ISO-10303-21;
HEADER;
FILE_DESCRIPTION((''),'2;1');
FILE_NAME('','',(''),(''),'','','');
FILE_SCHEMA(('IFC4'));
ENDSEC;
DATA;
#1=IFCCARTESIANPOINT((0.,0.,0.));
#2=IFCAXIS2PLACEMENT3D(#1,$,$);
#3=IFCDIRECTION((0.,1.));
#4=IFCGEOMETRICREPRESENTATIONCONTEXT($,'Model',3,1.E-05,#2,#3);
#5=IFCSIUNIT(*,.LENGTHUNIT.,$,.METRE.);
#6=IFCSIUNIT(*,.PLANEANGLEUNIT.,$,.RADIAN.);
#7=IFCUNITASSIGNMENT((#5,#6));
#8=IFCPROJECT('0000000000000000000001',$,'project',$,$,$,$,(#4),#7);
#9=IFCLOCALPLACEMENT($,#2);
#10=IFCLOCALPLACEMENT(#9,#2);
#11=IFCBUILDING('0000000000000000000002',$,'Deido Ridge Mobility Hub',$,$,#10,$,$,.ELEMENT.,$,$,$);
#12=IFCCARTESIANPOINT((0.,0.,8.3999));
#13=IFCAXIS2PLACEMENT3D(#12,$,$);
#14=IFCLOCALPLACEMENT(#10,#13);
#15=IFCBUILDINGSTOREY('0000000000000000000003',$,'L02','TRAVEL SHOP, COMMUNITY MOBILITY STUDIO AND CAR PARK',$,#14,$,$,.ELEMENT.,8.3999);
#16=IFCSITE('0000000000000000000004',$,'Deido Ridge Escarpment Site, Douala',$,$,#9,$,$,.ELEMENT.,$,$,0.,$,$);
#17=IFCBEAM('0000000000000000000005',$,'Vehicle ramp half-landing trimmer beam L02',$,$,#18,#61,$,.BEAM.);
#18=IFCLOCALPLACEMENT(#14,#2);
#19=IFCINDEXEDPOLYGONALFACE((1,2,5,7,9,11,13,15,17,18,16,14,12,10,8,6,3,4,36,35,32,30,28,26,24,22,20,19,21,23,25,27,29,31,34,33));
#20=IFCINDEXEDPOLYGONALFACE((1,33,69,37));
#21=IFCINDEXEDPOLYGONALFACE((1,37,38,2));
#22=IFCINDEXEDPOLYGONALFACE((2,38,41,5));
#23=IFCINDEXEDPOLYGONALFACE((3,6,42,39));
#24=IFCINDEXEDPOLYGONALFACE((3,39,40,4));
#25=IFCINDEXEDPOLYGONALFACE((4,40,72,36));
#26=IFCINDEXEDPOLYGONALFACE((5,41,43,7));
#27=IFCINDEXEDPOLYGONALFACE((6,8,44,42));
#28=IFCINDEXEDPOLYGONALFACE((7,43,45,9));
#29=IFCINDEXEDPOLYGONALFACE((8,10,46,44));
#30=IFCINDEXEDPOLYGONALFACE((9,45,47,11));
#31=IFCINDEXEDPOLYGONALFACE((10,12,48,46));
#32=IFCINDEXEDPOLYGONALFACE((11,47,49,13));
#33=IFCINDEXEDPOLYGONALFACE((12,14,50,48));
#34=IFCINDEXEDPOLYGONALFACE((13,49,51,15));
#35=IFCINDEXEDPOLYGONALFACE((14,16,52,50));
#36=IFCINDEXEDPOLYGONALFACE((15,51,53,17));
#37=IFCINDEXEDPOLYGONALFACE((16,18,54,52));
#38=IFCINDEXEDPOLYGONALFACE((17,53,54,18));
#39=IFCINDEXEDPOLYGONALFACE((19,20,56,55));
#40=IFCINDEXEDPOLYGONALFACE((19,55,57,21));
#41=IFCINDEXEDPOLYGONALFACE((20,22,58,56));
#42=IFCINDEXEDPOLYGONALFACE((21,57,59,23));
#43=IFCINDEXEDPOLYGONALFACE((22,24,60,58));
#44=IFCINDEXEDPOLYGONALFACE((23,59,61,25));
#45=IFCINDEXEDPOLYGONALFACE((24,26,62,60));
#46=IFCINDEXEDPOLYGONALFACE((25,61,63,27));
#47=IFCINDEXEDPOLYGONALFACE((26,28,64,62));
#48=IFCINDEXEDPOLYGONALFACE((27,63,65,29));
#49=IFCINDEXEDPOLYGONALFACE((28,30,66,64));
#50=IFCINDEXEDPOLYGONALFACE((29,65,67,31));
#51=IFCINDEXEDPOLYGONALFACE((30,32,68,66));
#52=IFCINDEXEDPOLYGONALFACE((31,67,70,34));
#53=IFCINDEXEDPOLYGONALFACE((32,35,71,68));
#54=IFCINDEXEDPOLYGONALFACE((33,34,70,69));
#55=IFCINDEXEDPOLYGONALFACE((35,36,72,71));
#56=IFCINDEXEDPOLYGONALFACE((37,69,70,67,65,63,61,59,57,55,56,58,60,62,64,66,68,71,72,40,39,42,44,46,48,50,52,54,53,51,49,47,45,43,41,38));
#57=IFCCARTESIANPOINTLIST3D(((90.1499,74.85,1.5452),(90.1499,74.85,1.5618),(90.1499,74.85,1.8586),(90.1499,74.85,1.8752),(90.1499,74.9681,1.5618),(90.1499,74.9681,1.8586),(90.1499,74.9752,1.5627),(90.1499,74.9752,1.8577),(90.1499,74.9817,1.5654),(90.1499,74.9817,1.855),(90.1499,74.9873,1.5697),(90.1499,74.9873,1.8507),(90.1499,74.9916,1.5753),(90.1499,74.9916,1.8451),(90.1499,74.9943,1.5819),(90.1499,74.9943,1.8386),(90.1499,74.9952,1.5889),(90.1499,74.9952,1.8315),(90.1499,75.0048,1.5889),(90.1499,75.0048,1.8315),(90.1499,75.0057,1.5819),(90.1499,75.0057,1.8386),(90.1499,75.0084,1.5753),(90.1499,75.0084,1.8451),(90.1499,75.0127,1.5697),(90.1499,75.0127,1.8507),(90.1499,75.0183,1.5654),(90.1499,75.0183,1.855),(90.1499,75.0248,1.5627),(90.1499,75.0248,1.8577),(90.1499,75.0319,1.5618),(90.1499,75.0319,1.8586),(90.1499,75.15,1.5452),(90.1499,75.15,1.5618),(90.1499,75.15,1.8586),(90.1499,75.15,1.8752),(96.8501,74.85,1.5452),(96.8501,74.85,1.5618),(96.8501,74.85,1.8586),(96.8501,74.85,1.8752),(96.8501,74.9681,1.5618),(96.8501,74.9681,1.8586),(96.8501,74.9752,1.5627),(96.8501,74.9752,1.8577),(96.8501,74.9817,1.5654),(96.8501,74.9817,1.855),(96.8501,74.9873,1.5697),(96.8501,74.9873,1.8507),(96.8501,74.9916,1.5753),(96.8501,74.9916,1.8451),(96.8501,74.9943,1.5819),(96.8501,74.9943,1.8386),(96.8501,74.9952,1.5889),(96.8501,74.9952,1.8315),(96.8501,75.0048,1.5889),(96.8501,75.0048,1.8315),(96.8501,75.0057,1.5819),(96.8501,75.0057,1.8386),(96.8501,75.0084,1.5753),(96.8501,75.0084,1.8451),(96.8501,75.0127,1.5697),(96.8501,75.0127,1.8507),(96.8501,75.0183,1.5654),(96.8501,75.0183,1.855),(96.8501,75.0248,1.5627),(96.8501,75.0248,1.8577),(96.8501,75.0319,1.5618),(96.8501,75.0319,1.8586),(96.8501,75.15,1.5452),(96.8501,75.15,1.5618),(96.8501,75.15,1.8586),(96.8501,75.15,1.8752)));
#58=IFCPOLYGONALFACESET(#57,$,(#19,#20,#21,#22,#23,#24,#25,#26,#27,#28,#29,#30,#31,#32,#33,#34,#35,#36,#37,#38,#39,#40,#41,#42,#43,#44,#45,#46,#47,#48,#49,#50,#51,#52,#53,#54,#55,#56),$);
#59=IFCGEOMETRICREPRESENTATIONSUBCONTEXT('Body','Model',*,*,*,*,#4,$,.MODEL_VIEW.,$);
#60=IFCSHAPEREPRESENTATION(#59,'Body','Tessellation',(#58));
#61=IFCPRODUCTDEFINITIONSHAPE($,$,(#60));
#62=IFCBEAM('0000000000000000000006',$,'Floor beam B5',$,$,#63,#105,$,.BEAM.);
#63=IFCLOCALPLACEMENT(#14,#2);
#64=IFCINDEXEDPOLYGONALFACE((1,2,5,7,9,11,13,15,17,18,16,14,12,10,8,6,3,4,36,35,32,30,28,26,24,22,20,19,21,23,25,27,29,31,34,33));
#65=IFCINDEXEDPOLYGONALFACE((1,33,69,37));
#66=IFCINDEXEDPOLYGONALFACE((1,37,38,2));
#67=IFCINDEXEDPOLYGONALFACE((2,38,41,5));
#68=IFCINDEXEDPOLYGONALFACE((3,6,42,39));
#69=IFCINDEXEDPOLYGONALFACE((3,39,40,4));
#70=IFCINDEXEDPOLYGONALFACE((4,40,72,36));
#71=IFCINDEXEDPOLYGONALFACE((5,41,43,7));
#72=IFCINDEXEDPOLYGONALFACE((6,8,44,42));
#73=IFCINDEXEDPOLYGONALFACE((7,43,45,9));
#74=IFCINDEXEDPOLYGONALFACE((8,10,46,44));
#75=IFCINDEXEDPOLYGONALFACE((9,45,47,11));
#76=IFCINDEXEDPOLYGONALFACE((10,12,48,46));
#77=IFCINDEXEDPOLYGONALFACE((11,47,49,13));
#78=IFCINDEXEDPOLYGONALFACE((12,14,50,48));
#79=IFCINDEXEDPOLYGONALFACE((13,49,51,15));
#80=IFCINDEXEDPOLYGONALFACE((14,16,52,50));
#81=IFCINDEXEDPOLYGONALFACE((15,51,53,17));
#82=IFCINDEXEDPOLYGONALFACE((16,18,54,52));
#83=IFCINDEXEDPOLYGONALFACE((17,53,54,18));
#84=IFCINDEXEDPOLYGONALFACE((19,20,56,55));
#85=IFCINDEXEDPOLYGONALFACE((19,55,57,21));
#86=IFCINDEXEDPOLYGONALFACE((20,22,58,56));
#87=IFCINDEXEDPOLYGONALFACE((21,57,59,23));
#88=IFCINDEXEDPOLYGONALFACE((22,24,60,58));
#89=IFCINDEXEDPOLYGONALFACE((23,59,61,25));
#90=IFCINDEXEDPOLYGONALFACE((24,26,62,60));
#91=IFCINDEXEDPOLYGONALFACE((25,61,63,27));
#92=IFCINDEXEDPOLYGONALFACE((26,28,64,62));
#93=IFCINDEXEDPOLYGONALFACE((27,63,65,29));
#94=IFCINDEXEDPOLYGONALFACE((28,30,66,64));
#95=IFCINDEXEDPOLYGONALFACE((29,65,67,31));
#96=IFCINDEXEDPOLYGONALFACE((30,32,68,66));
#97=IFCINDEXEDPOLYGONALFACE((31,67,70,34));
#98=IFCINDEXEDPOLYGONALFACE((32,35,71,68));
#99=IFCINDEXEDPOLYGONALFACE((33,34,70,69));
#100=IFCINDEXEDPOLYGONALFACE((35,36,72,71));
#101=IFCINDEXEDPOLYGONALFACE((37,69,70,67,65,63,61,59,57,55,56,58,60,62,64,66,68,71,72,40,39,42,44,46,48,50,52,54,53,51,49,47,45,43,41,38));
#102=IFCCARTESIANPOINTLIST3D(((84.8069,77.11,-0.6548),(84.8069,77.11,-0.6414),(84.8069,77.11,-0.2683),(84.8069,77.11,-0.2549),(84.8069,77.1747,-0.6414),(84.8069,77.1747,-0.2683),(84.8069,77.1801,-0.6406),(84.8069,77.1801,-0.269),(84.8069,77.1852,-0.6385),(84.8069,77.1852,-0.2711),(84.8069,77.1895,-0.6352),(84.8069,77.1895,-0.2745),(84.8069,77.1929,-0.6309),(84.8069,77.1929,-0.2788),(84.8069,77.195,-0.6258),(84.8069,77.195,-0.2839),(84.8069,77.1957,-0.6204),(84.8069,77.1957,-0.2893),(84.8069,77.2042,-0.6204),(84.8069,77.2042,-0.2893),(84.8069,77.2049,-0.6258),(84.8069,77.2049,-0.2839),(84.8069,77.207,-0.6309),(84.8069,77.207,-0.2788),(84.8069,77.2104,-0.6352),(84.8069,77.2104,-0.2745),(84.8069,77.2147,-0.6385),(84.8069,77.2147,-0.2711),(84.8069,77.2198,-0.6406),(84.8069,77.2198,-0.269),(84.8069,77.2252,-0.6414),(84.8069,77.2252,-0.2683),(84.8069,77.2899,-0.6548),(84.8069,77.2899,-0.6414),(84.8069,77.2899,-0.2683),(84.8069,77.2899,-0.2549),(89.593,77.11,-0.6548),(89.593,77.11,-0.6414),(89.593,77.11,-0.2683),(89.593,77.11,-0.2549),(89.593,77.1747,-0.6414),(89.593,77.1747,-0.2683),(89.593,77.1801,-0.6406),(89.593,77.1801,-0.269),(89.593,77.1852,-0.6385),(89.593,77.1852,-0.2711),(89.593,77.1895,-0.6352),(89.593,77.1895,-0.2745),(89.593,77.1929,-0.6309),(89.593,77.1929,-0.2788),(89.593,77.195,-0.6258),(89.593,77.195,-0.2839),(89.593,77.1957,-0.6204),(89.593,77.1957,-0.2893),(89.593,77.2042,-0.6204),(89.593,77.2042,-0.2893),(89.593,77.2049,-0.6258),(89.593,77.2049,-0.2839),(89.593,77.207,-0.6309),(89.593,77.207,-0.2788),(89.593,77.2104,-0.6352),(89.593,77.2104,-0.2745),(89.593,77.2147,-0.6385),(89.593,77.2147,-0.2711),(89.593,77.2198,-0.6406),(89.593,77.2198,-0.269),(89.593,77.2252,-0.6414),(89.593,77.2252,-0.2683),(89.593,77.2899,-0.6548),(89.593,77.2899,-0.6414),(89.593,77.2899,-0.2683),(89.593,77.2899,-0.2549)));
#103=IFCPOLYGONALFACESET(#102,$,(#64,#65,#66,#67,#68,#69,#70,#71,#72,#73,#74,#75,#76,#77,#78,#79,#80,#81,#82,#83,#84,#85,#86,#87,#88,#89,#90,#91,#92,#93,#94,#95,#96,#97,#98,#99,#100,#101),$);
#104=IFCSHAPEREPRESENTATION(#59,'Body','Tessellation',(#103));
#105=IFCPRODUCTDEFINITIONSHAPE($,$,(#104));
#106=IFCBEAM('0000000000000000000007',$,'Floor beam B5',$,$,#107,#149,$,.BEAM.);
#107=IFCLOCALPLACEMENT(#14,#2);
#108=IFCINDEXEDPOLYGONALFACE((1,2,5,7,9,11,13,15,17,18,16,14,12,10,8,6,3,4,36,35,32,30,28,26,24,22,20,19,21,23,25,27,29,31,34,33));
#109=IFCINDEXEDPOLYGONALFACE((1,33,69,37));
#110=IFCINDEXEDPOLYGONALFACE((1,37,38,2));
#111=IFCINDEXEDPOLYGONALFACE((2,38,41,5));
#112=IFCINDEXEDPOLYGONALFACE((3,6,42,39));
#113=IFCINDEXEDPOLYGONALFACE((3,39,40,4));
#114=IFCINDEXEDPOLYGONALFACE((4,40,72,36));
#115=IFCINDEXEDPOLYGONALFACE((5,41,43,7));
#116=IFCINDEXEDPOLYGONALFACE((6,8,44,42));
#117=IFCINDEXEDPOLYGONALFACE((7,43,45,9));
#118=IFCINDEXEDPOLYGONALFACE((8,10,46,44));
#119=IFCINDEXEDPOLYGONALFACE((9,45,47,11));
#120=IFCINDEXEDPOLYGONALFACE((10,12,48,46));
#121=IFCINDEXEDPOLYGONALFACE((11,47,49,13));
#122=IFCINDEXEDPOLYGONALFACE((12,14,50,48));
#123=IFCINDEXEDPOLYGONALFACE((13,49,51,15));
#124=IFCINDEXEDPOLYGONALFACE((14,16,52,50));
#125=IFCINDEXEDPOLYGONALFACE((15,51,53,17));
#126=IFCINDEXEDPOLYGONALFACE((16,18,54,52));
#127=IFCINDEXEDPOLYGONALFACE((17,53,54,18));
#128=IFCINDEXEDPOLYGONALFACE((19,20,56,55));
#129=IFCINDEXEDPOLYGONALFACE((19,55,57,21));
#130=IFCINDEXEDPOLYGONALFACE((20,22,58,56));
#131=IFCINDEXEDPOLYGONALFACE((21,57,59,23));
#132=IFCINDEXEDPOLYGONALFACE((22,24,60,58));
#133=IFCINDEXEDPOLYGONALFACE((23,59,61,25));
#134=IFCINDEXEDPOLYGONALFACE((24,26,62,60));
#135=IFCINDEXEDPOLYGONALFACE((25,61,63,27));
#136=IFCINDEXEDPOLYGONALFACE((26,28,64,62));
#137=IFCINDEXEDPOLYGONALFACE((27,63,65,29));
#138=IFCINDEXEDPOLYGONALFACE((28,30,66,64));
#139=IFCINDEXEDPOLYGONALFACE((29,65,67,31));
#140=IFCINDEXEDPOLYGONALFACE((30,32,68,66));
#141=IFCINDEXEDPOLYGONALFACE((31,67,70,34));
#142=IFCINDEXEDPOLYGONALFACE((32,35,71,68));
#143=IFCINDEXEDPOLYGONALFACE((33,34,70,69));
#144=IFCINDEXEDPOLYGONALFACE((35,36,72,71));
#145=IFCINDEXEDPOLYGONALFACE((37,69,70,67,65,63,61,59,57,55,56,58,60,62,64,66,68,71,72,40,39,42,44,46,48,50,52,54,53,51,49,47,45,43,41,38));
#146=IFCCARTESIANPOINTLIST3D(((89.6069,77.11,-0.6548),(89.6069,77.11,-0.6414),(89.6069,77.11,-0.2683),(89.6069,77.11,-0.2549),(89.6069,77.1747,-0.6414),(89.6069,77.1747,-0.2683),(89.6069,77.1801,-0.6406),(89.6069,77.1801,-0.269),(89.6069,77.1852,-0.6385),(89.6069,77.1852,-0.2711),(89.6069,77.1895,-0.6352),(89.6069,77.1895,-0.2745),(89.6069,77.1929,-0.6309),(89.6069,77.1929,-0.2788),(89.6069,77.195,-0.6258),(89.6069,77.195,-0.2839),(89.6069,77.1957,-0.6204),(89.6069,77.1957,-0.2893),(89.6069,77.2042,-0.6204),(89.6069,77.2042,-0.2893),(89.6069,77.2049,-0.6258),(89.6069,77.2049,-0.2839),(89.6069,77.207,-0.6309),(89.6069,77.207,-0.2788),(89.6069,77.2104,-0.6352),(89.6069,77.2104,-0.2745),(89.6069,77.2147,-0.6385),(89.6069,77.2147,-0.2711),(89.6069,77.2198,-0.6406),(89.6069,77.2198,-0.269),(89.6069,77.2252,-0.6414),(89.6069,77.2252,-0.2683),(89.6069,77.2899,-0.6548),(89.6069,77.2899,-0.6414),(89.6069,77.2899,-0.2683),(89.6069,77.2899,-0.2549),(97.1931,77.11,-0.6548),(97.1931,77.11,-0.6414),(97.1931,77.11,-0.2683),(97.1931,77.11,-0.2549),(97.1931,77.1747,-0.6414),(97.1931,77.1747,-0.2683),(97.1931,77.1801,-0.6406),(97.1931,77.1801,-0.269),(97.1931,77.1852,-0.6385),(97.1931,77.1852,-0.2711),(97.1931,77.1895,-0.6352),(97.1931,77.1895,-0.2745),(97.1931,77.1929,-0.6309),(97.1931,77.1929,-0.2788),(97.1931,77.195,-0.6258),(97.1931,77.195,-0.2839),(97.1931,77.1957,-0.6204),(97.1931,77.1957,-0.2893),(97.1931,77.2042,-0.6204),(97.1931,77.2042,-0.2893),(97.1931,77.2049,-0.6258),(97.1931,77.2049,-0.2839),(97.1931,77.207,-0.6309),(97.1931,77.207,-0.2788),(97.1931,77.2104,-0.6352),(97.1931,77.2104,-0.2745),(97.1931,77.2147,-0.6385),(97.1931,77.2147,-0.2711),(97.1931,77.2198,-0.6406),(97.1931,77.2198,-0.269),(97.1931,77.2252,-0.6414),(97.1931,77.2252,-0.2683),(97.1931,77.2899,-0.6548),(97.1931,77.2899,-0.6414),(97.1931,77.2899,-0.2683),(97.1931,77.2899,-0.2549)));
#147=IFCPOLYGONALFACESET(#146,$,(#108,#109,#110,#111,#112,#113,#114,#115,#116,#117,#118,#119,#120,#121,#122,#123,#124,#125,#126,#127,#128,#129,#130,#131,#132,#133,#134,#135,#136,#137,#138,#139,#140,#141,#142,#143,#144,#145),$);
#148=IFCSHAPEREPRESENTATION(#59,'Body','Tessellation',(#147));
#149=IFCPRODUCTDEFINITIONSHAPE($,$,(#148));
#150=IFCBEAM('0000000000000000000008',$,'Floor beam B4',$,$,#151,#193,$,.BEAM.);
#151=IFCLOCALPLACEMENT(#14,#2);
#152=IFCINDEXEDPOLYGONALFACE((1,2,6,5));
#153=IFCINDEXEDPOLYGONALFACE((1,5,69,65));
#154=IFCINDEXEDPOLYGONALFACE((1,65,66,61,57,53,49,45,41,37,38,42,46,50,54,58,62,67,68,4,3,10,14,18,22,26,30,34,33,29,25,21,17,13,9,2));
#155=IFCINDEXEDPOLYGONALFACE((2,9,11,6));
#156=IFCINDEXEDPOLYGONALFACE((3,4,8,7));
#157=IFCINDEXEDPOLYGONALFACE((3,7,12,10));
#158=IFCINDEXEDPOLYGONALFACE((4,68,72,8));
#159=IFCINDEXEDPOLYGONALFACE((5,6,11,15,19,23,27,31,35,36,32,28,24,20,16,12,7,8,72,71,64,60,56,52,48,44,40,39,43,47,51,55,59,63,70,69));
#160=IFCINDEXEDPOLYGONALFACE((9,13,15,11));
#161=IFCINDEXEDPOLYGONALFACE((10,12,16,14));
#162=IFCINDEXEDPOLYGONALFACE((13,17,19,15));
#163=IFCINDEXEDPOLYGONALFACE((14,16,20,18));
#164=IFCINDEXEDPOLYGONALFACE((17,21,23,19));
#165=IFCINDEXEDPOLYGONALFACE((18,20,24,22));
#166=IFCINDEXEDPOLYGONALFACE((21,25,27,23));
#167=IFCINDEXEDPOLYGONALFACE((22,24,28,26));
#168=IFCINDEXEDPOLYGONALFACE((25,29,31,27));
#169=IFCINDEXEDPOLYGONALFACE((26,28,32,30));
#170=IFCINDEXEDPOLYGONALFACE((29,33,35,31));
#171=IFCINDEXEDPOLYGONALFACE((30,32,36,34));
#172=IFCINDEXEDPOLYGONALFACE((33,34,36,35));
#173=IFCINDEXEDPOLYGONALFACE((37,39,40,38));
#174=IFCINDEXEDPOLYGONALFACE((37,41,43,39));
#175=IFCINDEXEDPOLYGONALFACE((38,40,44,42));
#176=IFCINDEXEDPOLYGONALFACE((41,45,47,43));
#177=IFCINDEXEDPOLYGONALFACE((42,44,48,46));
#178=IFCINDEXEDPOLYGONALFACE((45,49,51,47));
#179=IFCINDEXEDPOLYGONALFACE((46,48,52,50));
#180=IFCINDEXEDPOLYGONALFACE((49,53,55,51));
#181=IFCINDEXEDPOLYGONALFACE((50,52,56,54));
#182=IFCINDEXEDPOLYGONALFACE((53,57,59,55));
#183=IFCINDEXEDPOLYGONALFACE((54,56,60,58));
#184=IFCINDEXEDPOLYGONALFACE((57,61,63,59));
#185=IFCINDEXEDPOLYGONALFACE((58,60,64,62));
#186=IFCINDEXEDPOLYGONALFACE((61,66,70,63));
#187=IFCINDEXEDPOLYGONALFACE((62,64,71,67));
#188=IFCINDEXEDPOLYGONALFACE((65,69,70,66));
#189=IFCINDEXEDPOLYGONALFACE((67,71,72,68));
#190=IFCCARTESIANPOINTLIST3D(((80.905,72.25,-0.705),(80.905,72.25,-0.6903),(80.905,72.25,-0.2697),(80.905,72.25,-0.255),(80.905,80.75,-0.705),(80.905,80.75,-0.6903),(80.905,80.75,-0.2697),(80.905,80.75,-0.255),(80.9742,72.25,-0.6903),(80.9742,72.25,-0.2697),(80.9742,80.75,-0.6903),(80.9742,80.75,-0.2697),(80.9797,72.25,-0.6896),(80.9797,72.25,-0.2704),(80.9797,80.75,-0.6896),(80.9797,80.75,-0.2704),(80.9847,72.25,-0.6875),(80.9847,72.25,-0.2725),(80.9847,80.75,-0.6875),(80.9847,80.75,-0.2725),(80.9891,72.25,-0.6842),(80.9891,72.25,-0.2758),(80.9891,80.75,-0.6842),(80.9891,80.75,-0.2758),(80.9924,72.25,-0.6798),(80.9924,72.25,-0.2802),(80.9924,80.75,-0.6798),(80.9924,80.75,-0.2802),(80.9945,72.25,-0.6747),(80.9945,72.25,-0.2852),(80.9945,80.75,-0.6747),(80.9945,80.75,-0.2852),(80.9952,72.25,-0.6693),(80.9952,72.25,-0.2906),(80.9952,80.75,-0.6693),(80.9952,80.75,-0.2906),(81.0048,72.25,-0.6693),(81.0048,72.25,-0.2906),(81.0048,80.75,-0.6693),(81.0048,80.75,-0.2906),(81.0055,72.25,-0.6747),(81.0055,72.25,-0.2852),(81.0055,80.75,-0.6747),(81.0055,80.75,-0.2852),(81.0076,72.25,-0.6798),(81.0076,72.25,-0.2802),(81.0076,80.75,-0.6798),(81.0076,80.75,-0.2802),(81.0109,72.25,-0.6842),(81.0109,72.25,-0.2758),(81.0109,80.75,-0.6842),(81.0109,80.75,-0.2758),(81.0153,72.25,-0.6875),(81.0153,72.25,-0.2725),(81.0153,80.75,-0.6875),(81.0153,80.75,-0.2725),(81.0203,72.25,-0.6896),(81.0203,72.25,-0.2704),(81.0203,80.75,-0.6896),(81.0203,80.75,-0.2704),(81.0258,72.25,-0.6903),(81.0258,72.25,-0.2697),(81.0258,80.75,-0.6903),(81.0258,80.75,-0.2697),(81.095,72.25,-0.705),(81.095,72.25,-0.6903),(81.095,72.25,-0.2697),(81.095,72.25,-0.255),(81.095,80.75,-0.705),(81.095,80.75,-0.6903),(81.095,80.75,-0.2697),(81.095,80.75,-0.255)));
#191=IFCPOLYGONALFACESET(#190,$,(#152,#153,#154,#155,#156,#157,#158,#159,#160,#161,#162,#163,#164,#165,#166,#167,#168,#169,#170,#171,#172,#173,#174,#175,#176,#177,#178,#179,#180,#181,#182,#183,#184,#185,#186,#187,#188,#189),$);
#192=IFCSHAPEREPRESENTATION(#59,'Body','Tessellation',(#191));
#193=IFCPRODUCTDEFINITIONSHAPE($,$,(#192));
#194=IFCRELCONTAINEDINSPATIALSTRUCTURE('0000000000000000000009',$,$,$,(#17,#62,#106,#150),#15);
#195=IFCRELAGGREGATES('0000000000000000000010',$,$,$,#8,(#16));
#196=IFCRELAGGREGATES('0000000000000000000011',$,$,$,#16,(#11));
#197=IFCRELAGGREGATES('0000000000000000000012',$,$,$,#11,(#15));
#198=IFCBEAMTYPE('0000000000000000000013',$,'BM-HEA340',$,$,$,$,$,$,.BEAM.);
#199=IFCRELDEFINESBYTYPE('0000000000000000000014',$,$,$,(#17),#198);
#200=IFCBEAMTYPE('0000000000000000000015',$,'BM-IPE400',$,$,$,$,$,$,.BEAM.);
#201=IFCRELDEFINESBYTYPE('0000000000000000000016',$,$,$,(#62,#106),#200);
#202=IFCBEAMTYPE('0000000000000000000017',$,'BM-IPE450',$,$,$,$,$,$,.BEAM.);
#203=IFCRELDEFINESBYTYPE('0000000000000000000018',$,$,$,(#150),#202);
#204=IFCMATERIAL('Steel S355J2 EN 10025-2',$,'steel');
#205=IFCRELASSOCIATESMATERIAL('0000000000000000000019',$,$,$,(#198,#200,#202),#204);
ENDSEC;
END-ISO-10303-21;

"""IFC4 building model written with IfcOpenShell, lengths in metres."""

from ifc_helpers import new_model, si_unit, direction, frame, origin, origin_2d, place, context, subcontext, project, spatial, i_section, extrude, material, material_profile, profile_set, type_object, element, save


model = new_model("IFC4")

# Units and contexts
model_context = context("Model", 3, precision=1e-05, world=origin(), true_north=direction((0.0, 1.0)))
body_context = subcontext(model_context, "Body", "Model", "MODEL_VIEW")
ifc_project = project(units=[si_unit("LENGTHUNIT", "METRE"), si_unit("PLANEANGLEUNIT", "RADIAN")], contexts=[model_context])

# Site, building, storey
site_placement = place(None, origin())
site = spatial("IfcSite", under=ifc_project, at=site_placement, Name="Deido Ridge Escarpment Site, Douala", CompositionType="ELEMENT", RefElevation=0.0)
building_placement = place(site_placement, origin())
building = spatial("IfcBuilding", under=site, at=building_placement, Name="Deido Ridge Mobility Hub", CompositionType="ELEMENT")
storey_placement = place(building_placement, frame((0.0, 0.0, 8.3999)))
storey = spatial("IfcBuildingStorey", under=building, at=storey_placement, Name="L02", Description="TRAVEL SHOP, COMMUNITY MOBILITY STUDIO AND CAR PARK", CompositionType="ELEMENT", Elevation=8.3999)

# Shared definitions
ifc_material_1 = material(Name="Steel S355J2 EN 10025-2", Category="steel")

# Beams
ifc_material_profile_1 = material_profile(ifc_material_1, i_section(OverallWidth=0.3, OverallDepth=0.3301, WebThickness=0.0095, FlangeThickness=0.0166, FilletRadius=0.0271, at=origin_2d()), Name="HEA 340")
ifc_profile_set_1 = profile_set([ifc_material_profile_1], Name="Steel S355J2 EN 10025-2")
beam_type_1 = type_object("IfcBeamType", Name="BM-HEA340", PredefinedType="BEAM", material=ifc_profile_set_1)
for number, where, z_axis, x_axis, name in (
    (1, (90.1499, 75.0, 1.7102), (1.0, 0.0, 0.0), (0.0, 1.0, 0.0), "Vehicle ramp half-landing trimmer beam L02"),
):
    element("IfcBeam", number, at=place(storey_placement, frame(where, z_axis=z_axis, x_axis=x_axis)), inside=storey, type_object=beam_type_1, Name=name, PredefinedType="BEAM", context=body_context, shape_type="SweptSolid", body=[
        extrude(i_section(OverallWidth=0.3, OverallDepth=0.3301, WebThickness=0.0095, FlangeThickness=0.0166, FilletRadius=0.0271, at=origin_2d()), origin(), (0.0, 0.0, 1.0), 6.7002),
    ])
ifc_material_profile_2 = material_profile(ifc_material_1, i_section(OverallWidth=0.1799, OverallDepth=0.3999, WebThickness=0.0085, FlangeThickness=0.0134, FilletRadius=0.021, at=origin_2d()), Name="IPE 400")
ifc_profile_set_2 = profile_set([ifc_material_profile_2], Name="Steel S355J2 EN 10025-2")
beam_type_2 = type_object("IfcBeamType", Name="BM-IPE400", PredefinedType="BEAM", material=ifc_profile_set_2)
beam_1_placement = place(storey_placement, frame((84.8069, 77.2, -0.4548), z_axis=(1.0, 0.0, 0.0), x_axis=(0.0, 1.0, 0.0)))
element("IfcBeam", 2, at=beam_1_placement, inside=storey, type_object=beam_type_2, Name="Floor beam B5", PredefinedType="BEAM", context=body_context, shape_type="SweptSolid", body=[
    extrude(i_section(OverallWidth=0.1799, OverallDepth=0.3999, WebThickness=0.0085, FlangeThickness=0.0134, FilletRadius=0.021, at=origin_2d()), origin(), (0.0, 0.0, 1.0), 4.7861),
])
beam_2_placement = place(storey_placement, frame((89.6069, 77.2, -0.4548), z_axis=(1.0, 0.0, 0.0), x_axis=(0.0, 1.0, 0.0)))
element("IfcBeam", 3, at=beam_2_placement, inside=storey, type_object=beam_type_2, Name="Floor beam B5", PredefinedType="BEAM", context=body_context, shape_type="SweptSolid", body=[
    extrude(i_section(OverallWidth=0.1799, OverallDepth=0.3999, WebThickness=0.0085, FlangeThickness=0.0134, FilletRadius=0.021, at=origin_2d()), origin(), (0.0, 0.0, 1.0), 7.5862),
])
ifc_material_profile_3 = material_profile(ifc_material_1, i_section(OverallWidth=0.1899, OverallDepth=0.45, WebThickness=0.0095, FlangeThickness=0.0146, FilletRadius=0.021, at=origin_2d()), Name="IPE 450")
ifc_profile_set_3 = profile_set([ifc_material_profile_3], Name="Steel S355J2 EN 10025-2")
beam_type_3 = type_object("IfcBeamType", Name="BM-IPE450", PredefinedType="BEAM", material=ifc_profile_set_3)
beam_3_placement = place(storey_placement, frame((81.0, 72.25, -0.48), z_axis=(0.0, 1.0, 0.0), x_axis=(-1.0, 0.0, 0.0)))
element("IfcBeam", 4, at=beam_3_placement, inside=storey, type_object=beam_type_3, Name="Floor beam B4", PredefinedType="BEAM", context=body_context, shape_type="SweptSolid", body=[
    extrude(i_section(OverallWidth=0.1899, OverallDepth=0.45, WebThickness=0.0095, FlangeThickness=0.0146, FilletRadius=0.021, at=origin_2d()), origin(), (0.0, 0.0, 1.0), 8.5),
])

save(model, "model.ifc")
